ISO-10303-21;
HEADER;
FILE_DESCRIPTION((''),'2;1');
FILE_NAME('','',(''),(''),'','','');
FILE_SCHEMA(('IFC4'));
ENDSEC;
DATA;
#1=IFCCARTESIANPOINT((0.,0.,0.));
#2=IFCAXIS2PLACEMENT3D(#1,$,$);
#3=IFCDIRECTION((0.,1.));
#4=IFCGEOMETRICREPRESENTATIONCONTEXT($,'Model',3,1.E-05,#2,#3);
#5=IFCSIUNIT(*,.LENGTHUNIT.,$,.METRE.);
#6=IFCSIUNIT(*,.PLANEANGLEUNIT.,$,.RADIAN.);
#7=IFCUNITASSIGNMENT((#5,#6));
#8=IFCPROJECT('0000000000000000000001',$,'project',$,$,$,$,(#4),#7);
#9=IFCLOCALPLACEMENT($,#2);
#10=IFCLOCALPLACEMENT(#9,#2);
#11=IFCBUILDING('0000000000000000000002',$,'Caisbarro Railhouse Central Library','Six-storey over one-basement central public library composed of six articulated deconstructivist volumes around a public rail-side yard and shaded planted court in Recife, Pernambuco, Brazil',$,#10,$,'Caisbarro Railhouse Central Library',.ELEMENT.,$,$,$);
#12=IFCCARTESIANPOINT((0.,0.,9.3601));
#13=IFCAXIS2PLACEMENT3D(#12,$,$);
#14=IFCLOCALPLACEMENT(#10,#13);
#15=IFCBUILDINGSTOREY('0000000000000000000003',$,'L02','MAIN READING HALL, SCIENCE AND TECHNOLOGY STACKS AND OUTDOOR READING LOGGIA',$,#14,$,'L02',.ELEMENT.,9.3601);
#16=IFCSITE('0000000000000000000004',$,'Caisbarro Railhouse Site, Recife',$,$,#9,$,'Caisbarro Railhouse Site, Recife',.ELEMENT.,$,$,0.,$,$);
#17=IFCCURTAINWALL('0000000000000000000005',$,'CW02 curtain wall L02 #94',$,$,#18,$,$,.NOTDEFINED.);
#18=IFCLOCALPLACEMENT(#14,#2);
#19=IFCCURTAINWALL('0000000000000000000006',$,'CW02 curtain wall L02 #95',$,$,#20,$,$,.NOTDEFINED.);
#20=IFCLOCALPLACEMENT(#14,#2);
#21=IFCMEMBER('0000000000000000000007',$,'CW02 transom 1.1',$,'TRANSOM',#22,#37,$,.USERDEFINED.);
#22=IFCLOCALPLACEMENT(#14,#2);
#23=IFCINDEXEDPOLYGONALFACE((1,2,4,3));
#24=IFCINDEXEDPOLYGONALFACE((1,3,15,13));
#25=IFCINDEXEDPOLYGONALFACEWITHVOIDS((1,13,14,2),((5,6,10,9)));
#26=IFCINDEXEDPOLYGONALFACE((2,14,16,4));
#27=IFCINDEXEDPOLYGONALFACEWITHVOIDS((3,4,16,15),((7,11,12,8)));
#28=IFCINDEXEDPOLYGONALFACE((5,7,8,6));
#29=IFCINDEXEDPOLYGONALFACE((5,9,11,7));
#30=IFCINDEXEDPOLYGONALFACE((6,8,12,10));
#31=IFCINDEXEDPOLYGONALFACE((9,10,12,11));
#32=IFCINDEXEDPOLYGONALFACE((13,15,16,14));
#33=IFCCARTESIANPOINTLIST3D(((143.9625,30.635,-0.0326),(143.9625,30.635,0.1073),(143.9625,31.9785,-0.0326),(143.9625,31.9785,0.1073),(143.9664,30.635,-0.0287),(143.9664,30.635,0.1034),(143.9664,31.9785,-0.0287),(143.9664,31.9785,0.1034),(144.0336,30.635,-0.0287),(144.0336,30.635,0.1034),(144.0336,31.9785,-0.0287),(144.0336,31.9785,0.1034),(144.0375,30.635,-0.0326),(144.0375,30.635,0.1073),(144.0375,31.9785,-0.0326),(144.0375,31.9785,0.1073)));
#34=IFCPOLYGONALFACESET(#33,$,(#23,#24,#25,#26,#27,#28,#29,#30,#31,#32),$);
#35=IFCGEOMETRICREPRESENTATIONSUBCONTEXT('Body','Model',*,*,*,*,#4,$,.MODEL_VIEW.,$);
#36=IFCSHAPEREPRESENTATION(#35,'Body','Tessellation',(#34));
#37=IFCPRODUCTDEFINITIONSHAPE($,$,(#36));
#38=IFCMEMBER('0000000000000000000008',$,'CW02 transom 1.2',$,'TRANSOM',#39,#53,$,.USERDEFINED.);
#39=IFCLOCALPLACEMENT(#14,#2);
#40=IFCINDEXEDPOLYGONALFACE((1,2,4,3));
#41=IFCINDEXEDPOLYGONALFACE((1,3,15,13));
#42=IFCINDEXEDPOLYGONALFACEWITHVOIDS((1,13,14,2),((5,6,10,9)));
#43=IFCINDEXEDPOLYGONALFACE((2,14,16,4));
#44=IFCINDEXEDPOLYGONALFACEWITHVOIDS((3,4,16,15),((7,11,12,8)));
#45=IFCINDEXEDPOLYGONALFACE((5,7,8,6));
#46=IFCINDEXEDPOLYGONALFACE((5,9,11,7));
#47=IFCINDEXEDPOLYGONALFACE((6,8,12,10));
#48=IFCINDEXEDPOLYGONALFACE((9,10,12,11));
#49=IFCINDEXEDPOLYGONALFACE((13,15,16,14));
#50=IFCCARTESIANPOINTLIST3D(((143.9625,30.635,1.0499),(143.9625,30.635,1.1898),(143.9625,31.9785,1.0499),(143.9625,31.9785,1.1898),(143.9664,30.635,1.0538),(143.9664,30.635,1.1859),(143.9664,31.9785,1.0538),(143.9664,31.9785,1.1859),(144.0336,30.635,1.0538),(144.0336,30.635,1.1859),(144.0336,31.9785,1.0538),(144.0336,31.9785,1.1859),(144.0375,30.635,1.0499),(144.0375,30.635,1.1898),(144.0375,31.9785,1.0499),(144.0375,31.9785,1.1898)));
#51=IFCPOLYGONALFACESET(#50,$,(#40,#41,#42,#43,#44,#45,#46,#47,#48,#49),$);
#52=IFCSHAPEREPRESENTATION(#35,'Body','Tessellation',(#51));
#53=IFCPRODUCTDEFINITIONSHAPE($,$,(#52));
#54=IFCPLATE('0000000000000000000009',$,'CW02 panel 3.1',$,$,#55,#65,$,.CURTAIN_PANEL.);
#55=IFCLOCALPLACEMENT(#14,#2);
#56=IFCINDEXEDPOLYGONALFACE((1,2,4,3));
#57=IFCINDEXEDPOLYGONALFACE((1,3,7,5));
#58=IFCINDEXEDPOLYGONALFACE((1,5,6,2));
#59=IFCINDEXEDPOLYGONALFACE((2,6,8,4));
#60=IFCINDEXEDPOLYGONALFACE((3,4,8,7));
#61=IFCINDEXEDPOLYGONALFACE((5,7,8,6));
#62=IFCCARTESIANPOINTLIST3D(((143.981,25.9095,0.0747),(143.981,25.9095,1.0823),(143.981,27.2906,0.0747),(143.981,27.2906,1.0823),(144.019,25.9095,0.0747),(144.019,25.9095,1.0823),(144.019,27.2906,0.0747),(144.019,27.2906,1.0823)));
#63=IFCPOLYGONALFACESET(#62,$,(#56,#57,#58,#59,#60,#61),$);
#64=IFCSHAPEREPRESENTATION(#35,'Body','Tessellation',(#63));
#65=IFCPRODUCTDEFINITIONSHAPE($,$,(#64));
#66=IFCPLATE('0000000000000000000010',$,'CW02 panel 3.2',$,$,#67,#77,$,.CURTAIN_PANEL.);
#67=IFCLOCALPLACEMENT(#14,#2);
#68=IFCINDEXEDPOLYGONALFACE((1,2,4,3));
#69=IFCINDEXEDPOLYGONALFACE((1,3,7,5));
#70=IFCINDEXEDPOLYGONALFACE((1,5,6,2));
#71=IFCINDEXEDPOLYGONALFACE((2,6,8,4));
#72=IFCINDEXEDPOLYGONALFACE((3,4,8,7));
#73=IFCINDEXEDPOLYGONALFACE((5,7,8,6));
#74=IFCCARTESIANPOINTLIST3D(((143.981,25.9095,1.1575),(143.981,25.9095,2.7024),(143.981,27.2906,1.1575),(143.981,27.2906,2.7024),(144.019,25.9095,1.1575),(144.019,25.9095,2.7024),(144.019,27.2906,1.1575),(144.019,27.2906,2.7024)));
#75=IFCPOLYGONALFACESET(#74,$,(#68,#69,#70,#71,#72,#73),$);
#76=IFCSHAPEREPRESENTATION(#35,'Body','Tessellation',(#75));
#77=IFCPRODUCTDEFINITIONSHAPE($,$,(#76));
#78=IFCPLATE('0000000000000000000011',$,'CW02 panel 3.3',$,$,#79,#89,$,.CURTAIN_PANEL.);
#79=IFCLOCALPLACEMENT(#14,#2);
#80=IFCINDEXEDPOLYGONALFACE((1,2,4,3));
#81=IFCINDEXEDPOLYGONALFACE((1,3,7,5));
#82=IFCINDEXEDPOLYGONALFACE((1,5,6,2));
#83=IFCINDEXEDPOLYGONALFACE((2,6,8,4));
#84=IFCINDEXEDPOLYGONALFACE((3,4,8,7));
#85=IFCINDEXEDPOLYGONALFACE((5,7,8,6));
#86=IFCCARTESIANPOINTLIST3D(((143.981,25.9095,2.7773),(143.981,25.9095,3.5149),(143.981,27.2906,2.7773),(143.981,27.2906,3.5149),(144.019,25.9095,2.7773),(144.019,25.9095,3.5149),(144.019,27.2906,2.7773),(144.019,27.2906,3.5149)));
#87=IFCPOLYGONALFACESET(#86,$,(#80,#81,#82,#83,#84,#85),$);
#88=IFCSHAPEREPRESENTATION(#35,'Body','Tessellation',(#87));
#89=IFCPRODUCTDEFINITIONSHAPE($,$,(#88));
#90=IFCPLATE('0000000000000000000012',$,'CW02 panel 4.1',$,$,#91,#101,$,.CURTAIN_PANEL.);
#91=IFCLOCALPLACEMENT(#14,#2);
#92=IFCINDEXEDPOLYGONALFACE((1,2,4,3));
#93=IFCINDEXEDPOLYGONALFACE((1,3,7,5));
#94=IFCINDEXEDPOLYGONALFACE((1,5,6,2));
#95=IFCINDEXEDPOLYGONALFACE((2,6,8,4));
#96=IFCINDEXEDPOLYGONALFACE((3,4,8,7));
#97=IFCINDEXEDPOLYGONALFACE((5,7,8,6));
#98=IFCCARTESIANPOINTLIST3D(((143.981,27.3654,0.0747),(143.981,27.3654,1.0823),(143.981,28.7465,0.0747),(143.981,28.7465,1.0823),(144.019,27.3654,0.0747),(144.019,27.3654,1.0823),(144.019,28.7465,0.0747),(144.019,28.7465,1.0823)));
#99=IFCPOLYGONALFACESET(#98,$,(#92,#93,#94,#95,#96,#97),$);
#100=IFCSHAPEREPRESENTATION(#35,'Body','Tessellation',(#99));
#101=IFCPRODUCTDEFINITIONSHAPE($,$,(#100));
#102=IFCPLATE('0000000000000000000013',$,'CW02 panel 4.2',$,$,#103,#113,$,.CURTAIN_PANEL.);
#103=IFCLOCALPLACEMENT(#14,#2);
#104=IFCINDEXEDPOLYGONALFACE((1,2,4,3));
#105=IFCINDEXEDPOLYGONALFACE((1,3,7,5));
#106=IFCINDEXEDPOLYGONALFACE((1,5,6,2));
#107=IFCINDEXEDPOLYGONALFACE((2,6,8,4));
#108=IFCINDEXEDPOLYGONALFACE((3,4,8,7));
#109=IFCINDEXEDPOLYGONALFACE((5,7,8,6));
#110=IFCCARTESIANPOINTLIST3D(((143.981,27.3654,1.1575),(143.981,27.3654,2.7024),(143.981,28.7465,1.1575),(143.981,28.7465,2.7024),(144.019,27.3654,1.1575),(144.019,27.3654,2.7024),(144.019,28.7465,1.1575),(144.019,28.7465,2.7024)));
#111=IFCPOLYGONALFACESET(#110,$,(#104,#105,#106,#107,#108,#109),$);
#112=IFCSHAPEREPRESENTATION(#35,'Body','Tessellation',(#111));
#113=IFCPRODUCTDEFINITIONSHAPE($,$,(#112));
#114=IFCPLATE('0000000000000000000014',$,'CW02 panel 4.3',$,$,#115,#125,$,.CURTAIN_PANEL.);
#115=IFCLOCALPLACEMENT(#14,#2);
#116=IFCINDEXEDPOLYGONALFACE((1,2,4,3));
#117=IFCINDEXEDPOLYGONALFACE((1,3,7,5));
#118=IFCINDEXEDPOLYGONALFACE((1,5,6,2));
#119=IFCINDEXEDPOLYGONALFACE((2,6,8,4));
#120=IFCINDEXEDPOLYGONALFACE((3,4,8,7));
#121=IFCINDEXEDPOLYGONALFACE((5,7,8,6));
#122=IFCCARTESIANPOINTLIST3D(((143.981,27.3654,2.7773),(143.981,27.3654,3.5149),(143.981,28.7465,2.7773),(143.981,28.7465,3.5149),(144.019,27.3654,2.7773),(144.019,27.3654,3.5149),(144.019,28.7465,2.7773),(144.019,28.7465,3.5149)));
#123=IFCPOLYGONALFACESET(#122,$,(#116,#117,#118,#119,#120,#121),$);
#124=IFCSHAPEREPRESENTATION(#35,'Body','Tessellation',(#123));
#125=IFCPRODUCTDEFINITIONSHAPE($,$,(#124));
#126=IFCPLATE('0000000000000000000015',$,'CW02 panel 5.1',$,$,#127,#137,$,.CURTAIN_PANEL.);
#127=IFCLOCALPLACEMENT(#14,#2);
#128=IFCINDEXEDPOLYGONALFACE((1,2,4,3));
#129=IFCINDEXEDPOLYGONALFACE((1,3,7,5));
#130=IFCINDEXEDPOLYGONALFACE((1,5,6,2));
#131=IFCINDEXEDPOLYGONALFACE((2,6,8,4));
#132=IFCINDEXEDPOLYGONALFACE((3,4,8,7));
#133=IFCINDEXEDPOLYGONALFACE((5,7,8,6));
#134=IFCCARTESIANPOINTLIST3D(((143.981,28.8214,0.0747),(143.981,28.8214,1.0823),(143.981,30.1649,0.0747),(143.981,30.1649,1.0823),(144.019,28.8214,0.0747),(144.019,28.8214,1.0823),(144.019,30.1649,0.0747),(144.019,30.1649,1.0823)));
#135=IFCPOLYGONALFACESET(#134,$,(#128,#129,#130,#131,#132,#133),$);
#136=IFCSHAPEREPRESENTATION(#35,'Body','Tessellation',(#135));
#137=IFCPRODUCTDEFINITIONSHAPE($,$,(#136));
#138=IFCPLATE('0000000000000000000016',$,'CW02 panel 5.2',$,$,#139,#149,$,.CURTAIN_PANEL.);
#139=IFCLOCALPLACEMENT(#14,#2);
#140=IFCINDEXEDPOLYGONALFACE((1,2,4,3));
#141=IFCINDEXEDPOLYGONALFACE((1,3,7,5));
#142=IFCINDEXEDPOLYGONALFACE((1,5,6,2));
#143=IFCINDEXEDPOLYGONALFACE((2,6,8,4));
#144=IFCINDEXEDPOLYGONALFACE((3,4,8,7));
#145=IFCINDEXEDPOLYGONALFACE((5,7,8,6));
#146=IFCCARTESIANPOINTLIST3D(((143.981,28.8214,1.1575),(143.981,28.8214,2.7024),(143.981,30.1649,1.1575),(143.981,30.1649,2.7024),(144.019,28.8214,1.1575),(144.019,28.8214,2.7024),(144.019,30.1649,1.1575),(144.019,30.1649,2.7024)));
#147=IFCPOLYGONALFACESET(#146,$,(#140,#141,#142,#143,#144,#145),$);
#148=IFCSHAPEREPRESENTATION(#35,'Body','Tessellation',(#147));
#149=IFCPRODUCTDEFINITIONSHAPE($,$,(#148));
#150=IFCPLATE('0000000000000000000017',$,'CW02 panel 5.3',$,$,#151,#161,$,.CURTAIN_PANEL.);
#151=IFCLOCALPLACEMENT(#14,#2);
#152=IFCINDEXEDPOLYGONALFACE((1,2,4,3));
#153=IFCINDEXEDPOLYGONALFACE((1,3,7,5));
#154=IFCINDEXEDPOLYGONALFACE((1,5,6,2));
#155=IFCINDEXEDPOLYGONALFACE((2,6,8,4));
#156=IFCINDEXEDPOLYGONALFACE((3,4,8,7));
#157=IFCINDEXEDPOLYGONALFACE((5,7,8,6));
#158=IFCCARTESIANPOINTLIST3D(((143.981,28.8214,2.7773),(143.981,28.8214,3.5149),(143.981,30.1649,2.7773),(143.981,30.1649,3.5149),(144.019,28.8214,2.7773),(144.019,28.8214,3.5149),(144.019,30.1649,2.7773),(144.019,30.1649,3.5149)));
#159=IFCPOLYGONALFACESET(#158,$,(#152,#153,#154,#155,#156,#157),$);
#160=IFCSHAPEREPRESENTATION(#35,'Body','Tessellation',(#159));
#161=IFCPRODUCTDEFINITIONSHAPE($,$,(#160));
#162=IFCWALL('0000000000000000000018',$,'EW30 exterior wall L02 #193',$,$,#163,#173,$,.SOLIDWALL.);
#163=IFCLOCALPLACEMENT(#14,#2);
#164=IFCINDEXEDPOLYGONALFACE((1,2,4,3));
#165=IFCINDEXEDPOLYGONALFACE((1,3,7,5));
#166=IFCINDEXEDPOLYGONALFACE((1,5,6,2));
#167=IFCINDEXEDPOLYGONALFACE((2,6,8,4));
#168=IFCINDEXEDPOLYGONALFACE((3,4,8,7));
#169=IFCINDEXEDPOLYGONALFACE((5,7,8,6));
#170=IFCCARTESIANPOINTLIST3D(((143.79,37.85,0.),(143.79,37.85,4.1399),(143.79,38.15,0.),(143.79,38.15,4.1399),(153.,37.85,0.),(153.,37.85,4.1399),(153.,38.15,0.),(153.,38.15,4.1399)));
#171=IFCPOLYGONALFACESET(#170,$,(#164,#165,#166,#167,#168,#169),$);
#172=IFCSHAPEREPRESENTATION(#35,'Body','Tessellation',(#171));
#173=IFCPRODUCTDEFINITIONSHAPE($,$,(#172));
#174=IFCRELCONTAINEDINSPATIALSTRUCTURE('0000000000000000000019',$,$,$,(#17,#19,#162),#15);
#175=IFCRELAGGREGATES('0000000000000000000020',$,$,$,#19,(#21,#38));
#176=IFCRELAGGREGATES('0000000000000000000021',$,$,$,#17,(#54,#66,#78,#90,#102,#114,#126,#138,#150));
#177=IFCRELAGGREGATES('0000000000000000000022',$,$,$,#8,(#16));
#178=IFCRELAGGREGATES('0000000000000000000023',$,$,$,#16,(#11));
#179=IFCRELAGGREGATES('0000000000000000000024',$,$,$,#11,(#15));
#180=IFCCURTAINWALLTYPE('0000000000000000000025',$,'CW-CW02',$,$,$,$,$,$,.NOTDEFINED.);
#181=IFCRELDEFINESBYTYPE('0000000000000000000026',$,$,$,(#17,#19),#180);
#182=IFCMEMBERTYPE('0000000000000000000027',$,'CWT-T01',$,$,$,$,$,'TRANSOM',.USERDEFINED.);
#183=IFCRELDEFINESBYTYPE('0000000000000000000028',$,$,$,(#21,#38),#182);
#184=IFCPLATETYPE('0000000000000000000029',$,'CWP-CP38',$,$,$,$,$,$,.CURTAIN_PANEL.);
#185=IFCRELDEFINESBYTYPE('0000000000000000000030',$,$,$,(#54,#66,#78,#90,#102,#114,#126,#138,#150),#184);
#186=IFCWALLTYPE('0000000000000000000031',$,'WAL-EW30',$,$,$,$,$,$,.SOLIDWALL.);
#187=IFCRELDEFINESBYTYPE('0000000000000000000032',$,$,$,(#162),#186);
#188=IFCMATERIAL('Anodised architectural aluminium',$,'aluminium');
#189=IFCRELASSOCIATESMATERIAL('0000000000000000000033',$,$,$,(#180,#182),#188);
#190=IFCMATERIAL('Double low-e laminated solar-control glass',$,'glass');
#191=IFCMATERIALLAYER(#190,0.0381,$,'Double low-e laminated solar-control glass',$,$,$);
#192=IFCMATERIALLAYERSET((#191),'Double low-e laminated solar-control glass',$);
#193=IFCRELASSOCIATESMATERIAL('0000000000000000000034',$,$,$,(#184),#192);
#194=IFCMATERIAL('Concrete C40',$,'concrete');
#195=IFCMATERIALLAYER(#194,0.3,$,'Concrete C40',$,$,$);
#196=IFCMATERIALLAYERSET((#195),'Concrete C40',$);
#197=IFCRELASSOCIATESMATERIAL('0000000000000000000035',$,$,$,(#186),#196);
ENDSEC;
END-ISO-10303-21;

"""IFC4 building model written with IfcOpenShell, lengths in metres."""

from ifc_helpers import new_model, si_unit, direction, frame, frame_2d, origin, origin_2d, place, context, subcontext, project, spatial, rectangle, hollow_rectangle, extrude, material, layer, layer_set, material_profile, profile_set, type_object, element, aggregate, save


model = new_model("IFC4")

# Units and contexts
model_context = context("Model", 3, precision=1e-05, world=origin(), true_north=direction((0.0, 1.0)))
body_context = subcontext(model_context, "Body", "Model", "MODEL_VIEW")
ifc_project = project(units=[si_unit("LENGTHUNIT", "METRE"), si_unit("PLANEANGLEUNIT", "RADIAN")], contexts=[model_context])

# Site, building, storey
site_placement = place(None, origin())
site = spatial("IfcSite", under=ifc_project, at=site_placement, Name="Caisbarro Railhouse Site, Recife", LongName="Caisbarro Railhouse Site, Recife", CompositionType="ELEMENT", RefElevation=0.0)
building_placement = place(site_placement, origin())
building = spatial("IfcBuilding", under=site, at=building_placement, Name="Caisbarro Railhouse Central Library", Description="Six-storey over one-basement central public library composed of six articulated deconstructivist volumes around a public rail-side yard and shaded planted court in Recife, Pernambuco, Brazil", LongName="Caisbarro Railhouse Central Library", CompositionType="ELEMENT")
storey_placement = place(building_placement, frame((0.0, 0.0, 9.3601)))
storey = spatial("IfcBuildingStorey", under=building, at=storey_placement, Name="L02", Description="MAIN READING HALL, SCIENCE AND TECHNOLOGY STACKS AND OUTDOOR READING LOGGIA", LongName="L02", CompositionType="ELEMENT", Elevation=9.3601)

# Curtain wall
ifc_material_1 = material(Name="Anodised architectural aluminium", Category="aluminium")
curtain_wall_type = type_object("IfcCurtainWallType", Name="CW-CW02", PredefinedType="NOTDEFINED", material=ifc_material_1)
curtain_wall_1_placement = place(storey_placement, origin())
curtain_wall_1 = element("IfcCurtainWall", 1, at=curtain_wall_1_placement, inside=storey, type_object=curtain_wall_type, Name="CW02 curtain wall L02 #94", PredefinedType="NOTDEFINED")

# Curtain wall
curtain_wall_2_placement = place(storey_placement, origin())
curtain_wall_2 = element("IfcCurtainWall", 2, at=curtain_wall_2_placement, inside=storey, type_object=curtain_wall_type, Name="CW02 curtain wall L02 #95", PredefinedType="NOTDEFINED")

# Members
ifc_material_profile_1 = material_profile(ifc_material_1, hollow_rectangle(XDim=0.075, YDim=0.1399, WallThickness=0.0039, at=origin_2d()), Name="ALU-TRN-75X140")
ifc_profile_set_1 = profile_set([ifc_material_profile_1], Name="Anodised architectural aluminium")
member_type_1 = type_object("IfcMemberType", Name="CWT-T01", ElementType="TRANSOM", PredefinedType="USERDEFINED", material=ifc_profile_set_1)
member_1_placement = place(storey_placement, frame((144.0, 30.635, 0.0374), z_axis=(0.0, 1.0, 0.0), x_axis=(-1.0, 0.0, 0.0)))
member_1 = element("IfcMember", 3, at=member_1_placement, type_object=member_type_1, Name="CW02 transom 1.1", ObjectType="TRANSOM", PredefinedType="USERDEFINED", context=body_context, shape_type="SweptSolid", body=[
    extrude(hollow_rectangle(XDim=0.075, YDim=0.1399, WallThickness=0.0039, at=origin_2d()), origin(), (0.0, 0.0, 1.0), 1.3435),
])
member_2_placement = place(storey_placement, frame((144.0, 30.635, 1.1199), z_axis=(0.0, 1.0, 0.0), x_axis=(-1.0, 0.0, 0.0)))
member_2 = element("IfcMember", 4, at=member_2_placement, type_object=member_type_1, Name="CW02 transom 1.2", ObjectType="TRANSOM", PredefinedType="USERDEFINED", context=body_context, shape_type="SweptSolid", body=[
    extrude(hollow_rectangle(XDim=0.075, YDim=0.1399, WallThickness=0.0039, at=origin_2d()), origin(), (0.0, 0.0, 1.0), 1.3435),
])
aggregate(curtain_wall_2, [member_1, member_2])

# Plates
ifc_material_2 = material(Name="Double low-e laminated solar-control glass", Category="glass")
ifc_layer_1 = layer(ifc_material_2, 0.0381, Name="Double low-e laminated solar-control glass")
ifc_layer_set_1 = layer_set([ifc_layer_1], Name="Double low-e laminated solar-control glass")
plate_type = type_object("IfcPlateType", Name="CWP-CP38", PredefinedType="CURTAIN_PANEL", material=ifc_layer_set_1)
plate_1_placement = place(storey_placement, frame((144.0, 26.6001, 0.0747), z_axis=(0.0, 0.0, 1.0), x_axis=(0.0, 1.0, 0.0)))
plate_1 = element("IfcPlate", 5, at=plate_1_placement, type_object=plate_type, Name="CW02 panel 3.1", PredefinedType="CURTAIN_PANEL", context=body_context, shape_type="SweptSolid", body=[
    extrude(rectangle(XDim=1.3811, YDim=0.0381, at=origin_2d()), origin(), (0.0, 0.0, 1.0), 1.0076),
])
plate_2_placement = place(storey_placement, frame((144.0, 26.6001, 1.1575), z_axis=(0.0, 0.0, 1.0), x_axis=(0.0, 1.0, 0.0)))
plate_2 = element("IfcPlate", 6, at=plate_2_placement, type_object=plate_type, Name="CW02 panel 3.2", PredefinedType="CURTAIN_PANEL", context=body_context, shape_type="SweptSolid", body=[
    extrude(rectangle(XDim=1.3811, YDim=0.0381, at=origin_2d()), origin(), (0.0, 0.0, 1.0), 1.5449),
])
plate_3_placement = place(storey_placement, frame((144.0, 26.6001, 2.7773), z_axis=(0.0, 0.0, 1.0), x_axis=(0.0, 1.0, 0.0)))
plate_3 = element("IfcPlate", 7, at=plate_3_placement, type_object=plate_type, Name="CW02 panel 3.3", PredefinedType="CURTAIN_PANEL", context=body_context, shape_type="SweptSolid", body=[
    extrude(rectangle(XDim=1.3811, YDim=0.0381, at=origin_2d()), origin(), (0.0, 0.0, 1.0), 0.7375),
])
plate_4_placement = place(storey_placement, frame((144.0, 28.0559, 0.0747), z_axis=(0.0, 0.0, 1.0), x_axis=(0.0, 1.0, 0.0)))
plate_4 = element("IfcPlate", 8, at=plate_4_placement, type_object=plate_type, Name="CW02 panel 4.1", PredefinedType="CURTAIN_PANEL", context=body_context, shape_type="SweptSolid", body=[
    extrude(rectangle(XDim=1.3811, YDim=0.0381, at=origin_2d()), origin(), (0.0, 0.0, 1.0), 1.0076),
])
plate_5_placement = place(storey_placement, frame((144.0, 28.0559, 1.1575), z_axis=(0.0, 0.0, 1.0), x_axis=(0.0, 1.0, 0.0)))
plate_5 = element("IfcPlate", 9, at=plate_5_placement, type_object=plate_type, Name="CW02 panel 4.2", PredefinedType="CURTAIN_PANEL", context=body_context, shape_type="SweptSolid", body=[
    extrude(rectangle(XDim=1.3811, YDim=0.0381, at=origin_2d()), origin(), (0.0, 0.0, 1.0), 1.5449),
])
plate_6_placement = place(storey_placement, frame((144.0, 28.0559, 2.7773), z_axis=(0.0, 0.0, 1.0), x_axis=(0.0, 1.0, 0.0)))
plate_6 = element("IfcPlate", 10, at=plate_6_placement, type_object=plate_type, Name="CW02 panel 4.3", PredefinedType="CURTAIN_PANEL", context=body_context, shape_type="SweptSolid", body=[
    extrude(rectangle(XDim=1.3811, YDim=0.0381, at=origin_2d()), origin(), (0.0, 0.0, 1.0), 0.7375),
])
plate_7_placement = place(storey_placement, frame((144.0, 29.4932, 0.0747), z_axis=(0.0, 0.0, 1.0), x_axis=(0.0, 1.0, 0.0)))
plate_7 = element("IfcPlate", 11, at=plate_7_placement, type_object=plate_type, Name="CW02 panel 5.1", PredefinedType="CURTAIN_PANEL", context=body_context, shape_type="SweptSolid", body=[
    extrude(rectangle(XDim=1.3435, YDim=0.0381, at=origin_2d()), origin(), (0.0, 0.0, 1.0), 1.0076),
])
plate_8_placement = place(storey_placement, frame((144.0, 29.4932, 1.1575), z_axis=(0.0, 0.0, 1.0), x_axis=(0.0, 1.0, 0.0)))
plate_8 = element("IfcPlate", 12, at=plate_8_placement, type_object=plate_type, Name="CW02 panel 5.2", PredefinedType="CURTAIN_PANEL", context=body_context, shape_type="SweptSolid", body=[
    extrude(rectangle(XDim=1.3435, YDim=0.0381, at=origin_2d()), origin(), (0.0, 0.0, 1.0), 1.5449),
])
plate_9_placement = place(storey_placement, frame((144.0, 29.4932, 2.7773), z_axis=(0.0, 0.0, 1.0), x_axis=(0.0, 1.0, 0.0)))
plate_9 = element("IfcPlate", 13, at=plate_9_placement, type_object=plate_type, Name="CW02 panel 5.3", PredefinedType="CURTAIN_PANEL", context=body_context, shape_type="SweptSolid", body=[
    extrude(rectangle(XDim=1.3435, YDim=0.0381, at=origin_2d()), origin(), (0.0, 0.0, 1.0), 0.7375),
])
aggregate(curtain_wall_1, [plate_1, plate_2, plate_3, plate_4, plate_5, plate_6, plate_7, plate_8, plate_9])

# Wall
ifc_material_3 = material(Name="Concrete C40", Category="concrete")
ifc_layer_2 = layer(ifc_material_3, 0.3, Name="Concrete C40")
ifc_layer_set_2 = layer_set([ifc_layer_2], Name="Concrete C40")
wall_type = type_object("IfcWallType", Name="WAL-EW30", PredefinedType="SOLIDWALL", material=ifc_layer_set_2)
wall_placement = place(storey_placement, frame((143.79, 38.0, 0.0), z_axis=(0.0, 0.0, 1.0), x_axis=(1.0, 0.0, 0.0)))
element("IfcWall", 14, at=wall_placement, inside=storey, type_object=wall_type, Name="EW30 exterior wall L02 #193", PredefinedType="SOLIDWALL", context=body_context, shape_type="SweptSolid", body=[
    extrude(rectangle(XDim=9.21, YDim=0.3, at=frame_2d((4.605, 0.0))), origin(), (0.0, 0.0, 1.0), 4.1399),
])

save(model, "model.ifc")
